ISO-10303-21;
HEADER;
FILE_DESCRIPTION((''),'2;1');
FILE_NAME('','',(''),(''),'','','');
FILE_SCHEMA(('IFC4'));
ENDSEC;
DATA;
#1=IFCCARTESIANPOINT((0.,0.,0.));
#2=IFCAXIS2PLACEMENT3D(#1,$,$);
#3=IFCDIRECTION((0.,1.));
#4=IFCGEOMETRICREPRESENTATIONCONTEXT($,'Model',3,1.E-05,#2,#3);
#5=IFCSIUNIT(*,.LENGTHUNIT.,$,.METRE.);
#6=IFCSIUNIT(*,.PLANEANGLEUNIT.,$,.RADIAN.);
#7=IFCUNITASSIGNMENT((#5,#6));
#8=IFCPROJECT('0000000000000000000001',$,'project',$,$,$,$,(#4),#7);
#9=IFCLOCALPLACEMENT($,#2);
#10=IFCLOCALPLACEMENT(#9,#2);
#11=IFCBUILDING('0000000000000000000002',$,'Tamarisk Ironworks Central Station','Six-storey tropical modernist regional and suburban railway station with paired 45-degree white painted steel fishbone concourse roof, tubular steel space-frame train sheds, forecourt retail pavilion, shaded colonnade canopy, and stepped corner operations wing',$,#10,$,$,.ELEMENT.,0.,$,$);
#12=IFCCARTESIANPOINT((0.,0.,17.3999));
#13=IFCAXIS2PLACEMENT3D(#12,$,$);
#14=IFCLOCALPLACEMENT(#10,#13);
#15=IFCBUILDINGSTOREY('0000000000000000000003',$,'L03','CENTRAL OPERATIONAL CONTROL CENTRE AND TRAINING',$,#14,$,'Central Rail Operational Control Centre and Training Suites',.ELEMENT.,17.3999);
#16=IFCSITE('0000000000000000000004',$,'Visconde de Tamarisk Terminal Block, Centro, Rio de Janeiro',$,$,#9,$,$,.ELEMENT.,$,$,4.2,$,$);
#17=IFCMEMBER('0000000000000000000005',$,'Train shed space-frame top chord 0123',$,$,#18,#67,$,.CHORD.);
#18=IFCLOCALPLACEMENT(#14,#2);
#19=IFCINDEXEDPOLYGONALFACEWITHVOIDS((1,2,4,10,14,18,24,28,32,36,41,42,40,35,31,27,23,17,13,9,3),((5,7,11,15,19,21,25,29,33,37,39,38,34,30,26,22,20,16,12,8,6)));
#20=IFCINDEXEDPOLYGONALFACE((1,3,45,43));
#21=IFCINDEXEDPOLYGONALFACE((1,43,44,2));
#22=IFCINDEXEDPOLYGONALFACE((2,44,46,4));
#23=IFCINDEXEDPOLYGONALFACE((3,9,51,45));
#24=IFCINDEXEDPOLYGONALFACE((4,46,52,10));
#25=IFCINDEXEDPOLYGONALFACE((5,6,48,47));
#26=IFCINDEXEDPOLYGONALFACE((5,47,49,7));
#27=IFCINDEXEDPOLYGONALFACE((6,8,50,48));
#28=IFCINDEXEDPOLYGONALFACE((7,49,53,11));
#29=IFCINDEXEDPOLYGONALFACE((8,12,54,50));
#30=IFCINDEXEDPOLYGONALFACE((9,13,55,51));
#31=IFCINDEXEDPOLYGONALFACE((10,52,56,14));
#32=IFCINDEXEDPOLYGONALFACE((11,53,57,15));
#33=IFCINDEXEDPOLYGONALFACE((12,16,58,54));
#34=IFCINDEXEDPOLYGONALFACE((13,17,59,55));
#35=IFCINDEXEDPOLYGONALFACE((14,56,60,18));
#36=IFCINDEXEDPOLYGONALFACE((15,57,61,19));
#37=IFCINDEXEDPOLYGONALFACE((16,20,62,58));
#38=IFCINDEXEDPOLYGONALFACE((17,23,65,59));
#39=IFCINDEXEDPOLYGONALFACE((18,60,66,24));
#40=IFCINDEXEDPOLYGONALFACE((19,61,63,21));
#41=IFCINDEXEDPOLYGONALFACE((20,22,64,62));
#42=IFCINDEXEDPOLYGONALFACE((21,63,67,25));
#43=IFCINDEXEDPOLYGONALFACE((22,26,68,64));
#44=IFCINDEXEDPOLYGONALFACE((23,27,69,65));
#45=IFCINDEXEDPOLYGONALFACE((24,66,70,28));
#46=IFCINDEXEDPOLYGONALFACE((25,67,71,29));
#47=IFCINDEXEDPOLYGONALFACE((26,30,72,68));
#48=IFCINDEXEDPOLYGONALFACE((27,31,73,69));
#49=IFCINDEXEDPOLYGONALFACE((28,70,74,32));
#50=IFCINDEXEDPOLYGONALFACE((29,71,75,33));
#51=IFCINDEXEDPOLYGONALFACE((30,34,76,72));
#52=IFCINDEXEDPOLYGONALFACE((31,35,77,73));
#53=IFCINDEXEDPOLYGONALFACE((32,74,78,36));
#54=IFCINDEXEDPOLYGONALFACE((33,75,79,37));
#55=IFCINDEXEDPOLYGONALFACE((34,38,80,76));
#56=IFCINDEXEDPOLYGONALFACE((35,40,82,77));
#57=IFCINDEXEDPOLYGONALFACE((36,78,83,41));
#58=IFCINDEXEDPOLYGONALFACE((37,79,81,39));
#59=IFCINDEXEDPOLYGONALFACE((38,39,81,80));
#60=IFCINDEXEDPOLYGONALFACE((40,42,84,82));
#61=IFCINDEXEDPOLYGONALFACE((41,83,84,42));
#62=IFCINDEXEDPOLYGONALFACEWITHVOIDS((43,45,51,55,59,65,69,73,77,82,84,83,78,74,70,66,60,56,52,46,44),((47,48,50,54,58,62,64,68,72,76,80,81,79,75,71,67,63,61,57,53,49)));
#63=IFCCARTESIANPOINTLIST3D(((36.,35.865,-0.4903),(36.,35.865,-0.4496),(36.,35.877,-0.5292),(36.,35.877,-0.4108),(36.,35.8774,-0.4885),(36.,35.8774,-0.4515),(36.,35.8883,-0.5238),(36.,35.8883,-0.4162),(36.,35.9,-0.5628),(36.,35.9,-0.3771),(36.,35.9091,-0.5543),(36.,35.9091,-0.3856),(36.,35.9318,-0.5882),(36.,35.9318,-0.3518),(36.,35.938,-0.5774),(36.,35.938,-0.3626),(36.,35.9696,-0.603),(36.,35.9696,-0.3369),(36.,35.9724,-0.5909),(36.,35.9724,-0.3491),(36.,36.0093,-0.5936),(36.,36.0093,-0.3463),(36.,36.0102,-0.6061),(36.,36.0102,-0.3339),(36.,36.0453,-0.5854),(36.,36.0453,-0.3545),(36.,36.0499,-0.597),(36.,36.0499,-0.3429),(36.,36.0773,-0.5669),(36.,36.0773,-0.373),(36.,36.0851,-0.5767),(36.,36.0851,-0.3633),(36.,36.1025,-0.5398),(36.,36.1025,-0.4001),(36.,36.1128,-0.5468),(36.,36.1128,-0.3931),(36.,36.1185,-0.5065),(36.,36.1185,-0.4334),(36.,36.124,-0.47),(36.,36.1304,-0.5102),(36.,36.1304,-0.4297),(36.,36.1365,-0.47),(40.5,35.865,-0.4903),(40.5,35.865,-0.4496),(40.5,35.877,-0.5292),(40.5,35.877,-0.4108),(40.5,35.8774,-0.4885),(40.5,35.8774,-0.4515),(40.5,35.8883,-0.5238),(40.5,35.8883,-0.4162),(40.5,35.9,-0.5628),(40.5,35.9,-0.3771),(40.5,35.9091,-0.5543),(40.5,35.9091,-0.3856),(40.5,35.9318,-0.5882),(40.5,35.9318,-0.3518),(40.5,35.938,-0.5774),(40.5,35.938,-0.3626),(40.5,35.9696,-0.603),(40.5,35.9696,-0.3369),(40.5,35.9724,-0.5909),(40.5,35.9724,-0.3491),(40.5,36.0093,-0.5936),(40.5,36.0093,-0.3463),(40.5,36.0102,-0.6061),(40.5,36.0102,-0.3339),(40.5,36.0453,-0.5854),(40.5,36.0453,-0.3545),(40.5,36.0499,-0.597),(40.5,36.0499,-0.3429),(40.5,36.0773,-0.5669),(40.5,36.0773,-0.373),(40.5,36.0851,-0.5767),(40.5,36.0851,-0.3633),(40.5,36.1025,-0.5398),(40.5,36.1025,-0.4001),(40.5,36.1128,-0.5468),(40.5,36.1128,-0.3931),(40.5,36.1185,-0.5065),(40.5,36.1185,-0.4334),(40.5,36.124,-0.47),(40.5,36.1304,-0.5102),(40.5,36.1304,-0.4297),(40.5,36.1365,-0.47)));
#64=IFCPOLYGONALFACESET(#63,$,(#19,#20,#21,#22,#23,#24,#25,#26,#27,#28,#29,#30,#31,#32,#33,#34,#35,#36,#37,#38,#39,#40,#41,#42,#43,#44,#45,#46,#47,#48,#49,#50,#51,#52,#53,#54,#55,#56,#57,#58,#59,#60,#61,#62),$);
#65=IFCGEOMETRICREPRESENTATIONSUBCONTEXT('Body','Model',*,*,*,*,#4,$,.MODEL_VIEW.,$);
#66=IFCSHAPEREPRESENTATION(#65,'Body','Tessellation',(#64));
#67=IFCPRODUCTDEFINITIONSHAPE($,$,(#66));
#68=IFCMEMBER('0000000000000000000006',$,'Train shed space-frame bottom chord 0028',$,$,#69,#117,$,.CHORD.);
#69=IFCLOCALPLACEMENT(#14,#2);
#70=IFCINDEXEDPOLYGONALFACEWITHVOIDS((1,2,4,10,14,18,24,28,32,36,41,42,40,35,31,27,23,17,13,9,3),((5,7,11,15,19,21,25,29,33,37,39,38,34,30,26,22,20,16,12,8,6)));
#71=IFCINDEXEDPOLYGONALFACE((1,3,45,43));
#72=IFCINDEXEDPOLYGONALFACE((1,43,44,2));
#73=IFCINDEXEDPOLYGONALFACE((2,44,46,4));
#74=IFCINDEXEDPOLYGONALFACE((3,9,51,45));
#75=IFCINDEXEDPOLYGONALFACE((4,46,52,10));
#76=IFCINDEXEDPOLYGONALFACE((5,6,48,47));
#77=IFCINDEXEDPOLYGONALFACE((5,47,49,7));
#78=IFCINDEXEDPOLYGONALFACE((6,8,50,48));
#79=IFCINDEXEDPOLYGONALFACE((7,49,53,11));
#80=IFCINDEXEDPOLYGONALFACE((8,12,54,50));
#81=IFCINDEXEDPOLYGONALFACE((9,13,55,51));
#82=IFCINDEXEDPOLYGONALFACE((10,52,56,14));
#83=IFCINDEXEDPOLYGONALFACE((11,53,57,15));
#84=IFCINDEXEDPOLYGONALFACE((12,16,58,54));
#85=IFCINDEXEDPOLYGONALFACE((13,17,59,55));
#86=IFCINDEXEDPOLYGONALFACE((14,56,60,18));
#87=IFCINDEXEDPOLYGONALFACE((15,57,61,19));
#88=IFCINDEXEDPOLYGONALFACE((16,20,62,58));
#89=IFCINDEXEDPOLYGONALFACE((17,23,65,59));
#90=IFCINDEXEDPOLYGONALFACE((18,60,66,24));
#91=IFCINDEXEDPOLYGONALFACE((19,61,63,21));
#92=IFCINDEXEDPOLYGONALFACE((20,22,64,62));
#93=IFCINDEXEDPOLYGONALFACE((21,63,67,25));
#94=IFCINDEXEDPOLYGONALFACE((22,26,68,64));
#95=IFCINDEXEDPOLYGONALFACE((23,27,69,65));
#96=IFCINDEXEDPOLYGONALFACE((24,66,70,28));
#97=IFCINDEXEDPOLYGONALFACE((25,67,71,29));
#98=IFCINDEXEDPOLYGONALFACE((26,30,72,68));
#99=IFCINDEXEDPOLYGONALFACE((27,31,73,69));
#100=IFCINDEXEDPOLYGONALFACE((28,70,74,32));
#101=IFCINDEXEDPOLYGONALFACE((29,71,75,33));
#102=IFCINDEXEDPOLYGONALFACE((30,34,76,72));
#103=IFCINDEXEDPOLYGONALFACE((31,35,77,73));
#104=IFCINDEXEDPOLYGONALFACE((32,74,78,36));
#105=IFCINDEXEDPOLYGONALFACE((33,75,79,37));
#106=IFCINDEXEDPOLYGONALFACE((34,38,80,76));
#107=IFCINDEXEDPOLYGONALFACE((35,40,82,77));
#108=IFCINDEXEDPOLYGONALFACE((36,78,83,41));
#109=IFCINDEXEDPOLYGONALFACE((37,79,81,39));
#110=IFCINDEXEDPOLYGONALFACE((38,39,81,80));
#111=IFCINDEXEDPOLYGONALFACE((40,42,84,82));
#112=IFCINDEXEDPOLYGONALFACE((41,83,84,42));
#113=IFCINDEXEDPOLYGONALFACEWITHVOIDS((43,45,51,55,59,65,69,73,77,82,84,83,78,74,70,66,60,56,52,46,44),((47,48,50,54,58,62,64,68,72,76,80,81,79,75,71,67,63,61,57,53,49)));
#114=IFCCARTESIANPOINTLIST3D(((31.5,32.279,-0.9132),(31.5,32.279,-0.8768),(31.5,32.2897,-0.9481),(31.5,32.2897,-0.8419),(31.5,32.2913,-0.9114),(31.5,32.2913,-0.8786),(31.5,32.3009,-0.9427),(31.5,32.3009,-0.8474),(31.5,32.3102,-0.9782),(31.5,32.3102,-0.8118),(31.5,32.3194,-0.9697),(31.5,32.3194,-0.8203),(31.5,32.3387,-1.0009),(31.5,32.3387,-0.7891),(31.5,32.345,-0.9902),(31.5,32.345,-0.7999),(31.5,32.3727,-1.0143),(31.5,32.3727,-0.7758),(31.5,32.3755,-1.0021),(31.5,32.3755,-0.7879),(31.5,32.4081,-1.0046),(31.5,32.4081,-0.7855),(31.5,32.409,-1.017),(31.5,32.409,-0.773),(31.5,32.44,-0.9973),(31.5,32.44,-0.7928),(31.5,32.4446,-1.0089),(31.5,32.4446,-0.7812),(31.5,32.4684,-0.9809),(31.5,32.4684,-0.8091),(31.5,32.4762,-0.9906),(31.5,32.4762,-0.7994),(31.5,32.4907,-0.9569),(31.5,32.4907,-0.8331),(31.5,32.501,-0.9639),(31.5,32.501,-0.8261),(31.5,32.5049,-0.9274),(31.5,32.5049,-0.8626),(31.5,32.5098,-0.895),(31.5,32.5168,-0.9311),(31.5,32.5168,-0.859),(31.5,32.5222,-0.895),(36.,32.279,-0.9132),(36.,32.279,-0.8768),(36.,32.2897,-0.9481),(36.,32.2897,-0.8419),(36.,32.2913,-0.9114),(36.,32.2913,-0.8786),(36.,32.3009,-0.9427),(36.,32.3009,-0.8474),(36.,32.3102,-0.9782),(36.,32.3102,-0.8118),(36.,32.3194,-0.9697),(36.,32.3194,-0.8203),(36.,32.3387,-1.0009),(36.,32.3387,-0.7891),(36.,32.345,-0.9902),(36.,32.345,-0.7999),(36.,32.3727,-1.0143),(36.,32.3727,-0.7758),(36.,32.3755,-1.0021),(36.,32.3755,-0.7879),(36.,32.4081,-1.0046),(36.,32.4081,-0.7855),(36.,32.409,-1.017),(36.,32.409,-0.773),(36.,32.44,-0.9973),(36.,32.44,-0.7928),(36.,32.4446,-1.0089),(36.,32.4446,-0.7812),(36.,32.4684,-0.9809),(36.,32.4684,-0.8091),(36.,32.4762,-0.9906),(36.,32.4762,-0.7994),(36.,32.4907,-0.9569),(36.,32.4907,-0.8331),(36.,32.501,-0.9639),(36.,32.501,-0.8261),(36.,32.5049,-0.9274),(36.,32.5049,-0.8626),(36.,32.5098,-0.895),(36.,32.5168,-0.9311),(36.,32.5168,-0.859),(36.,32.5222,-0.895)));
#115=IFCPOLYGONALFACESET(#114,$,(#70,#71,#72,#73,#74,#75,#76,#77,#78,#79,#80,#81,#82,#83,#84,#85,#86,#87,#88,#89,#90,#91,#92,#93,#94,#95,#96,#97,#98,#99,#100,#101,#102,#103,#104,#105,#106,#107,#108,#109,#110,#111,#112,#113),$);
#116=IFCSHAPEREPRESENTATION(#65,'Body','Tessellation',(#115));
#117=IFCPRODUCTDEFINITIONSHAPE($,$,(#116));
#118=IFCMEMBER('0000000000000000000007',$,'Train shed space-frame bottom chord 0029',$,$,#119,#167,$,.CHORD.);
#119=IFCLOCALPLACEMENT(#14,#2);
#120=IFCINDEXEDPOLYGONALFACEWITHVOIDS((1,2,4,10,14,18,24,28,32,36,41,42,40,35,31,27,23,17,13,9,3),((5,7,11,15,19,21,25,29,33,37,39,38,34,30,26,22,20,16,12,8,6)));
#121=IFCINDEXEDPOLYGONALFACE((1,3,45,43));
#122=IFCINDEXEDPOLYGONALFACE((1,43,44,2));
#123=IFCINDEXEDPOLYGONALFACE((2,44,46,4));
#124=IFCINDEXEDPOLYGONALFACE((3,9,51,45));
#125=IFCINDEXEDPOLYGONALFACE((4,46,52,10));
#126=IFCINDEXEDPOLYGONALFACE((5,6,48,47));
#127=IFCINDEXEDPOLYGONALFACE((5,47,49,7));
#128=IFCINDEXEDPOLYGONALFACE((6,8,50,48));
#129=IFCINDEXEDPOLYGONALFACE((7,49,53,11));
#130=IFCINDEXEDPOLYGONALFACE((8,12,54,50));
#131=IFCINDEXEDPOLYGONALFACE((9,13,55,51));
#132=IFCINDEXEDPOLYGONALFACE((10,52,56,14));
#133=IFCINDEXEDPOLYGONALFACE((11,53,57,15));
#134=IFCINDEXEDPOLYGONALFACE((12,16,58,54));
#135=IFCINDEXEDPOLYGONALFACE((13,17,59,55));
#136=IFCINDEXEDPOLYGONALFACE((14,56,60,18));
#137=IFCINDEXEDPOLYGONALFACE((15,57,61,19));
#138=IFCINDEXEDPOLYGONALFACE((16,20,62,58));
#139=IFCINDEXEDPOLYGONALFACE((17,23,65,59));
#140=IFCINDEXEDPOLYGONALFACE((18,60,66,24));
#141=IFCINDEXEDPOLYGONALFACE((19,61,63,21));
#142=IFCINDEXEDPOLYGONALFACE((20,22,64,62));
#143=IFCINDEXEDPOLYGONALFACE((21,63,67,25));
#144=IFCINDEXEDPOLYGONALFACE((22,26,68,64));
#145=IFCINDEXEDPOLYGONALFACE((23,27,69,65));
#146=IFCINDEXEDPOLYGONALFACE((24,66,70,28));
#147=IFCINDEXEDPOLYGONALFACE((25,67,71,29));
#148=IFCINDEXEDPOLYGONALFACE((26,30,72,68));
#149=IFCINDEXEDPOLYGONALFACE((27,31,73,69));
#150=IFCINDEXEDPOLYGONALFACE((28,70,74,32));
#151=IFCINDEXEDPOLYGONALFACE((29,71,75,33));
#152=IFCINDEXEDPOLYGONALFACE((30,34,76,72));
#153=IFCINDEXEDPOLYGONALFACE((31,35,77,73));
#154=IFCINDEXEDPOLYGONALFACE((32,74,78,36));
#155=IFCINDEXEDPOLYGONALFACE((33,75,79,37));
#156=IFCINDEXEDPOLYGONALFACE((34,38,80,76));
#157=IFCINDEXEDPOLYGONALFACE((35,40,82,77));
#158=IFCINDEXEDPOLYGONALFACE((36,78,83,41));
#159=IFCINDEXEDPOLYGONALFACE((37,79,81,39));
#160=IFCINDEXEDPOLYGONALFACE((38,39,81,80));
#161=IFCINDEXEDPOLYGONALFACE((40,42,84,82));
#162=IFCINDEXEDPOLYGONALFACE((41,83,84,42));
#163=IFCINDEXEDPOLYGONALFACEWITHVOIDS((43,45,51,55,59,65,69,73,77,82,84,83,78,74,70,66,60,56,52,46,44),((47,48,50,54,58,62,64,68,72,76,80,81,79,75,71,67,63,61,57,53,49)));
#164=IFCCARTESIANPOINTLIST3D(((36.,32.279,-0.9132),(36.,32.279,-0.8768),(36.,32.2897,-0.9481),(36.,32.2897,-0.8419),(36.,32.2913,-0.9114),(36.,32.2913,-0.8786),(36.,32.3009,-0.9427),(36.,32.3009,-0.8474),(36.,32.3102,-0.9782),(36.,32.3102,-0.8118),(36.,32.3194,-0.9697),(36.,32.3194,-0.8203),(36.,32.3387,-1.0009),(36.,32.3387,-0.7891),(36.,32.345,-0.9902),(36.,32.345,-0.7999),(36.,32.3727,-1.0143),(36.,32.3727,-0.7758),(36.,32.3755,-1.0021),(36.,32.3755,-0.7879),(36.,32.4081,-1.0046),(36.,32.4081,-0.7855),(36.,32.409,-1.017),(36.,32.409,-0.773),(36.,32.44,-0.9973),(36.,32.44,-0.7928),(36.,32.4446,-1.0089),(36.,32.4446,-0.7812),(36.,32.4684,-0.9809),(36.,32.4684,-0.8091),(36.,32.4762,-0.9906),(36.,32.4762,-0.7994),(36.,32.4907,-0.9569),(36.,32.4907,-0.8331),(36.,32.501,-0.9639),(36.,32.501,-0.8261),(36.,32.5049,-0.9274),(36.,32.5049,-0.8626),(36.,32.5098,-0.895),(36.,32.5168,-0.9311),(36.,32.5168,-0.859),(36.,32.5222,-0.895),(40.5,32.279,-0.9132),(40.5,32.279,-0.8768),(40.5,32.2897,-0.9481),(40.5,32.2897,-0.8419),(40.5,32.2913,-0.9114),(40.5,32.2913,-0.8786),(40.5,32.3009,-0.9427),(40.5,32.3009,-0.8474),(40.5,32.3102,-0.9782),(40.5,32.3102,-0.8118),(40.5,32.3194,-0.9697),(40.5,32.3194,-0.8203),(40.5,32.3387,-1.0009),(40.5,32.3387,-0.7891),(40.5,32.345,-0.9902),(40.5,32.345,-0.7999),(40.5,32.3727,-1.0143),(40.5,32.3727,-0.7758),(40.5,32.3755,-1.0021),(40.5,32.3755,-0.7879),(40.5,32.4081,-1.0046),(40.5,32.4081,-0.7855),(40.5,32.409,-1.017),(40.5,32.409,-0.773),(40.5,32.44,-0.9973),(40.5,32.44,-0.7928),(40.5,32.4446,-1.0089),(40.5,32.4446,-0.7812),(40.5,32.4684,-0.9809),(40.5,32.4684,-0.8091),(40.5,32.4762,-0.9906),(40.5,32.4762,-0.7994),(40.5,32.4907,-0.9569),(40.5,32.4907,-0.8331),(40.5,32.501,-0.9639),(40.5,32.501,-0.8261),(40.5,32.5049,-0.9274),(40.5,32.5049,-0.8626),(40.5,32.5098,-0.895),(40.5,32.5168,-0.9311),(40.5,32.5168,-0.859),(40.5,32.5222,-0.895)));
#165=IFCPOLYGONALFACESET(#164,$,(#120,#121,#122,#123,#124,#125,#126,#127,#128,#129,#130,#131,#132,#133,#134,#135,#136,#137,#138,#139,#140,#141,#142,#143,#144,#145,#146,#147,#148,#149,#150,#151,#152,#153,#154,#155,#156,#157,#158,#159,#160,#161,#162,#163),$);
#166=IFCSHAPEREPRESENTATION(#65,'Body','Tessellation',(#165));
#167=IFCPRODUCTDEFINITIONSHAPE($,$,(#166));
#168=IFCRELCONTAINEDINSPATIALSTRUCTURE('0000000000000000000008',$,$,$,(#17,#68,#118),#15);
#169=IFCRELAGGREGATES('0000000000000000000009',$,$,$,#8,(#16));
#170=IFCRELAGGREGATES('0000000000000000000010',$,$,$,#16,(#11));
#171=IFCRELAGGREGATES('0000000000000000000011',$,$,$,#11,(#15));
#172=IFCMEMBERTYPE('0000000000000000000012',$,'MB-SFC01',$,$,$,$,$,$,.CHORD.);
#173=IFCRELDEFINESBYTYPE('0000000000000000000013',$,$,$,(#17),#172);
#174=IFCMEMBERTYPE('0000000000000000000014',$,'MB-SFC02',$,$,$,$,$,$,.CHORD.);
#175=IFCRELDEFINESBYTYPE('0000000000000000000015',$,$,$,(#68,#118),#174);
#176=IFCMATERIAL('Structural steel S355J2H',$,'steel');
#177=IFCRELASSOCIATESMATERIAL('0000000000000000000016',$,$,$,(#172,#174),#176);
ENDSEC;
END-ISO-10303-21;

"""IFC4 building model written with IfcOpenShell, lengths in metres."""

from ifc_helpers import new_model, si_unit, direction, frame, origin, origin_2d, place, context, subcontext, project, spatial, hollow_circle, extrude, material, material_profile, profile_set, type_object, element, save


model = new_model("IFC4")

# Units and contexts
model_context = context("Model", 3, precision=1e-05, world=origin(), true_north=direction((0.0, 1.0)))
body_context = subcontext(model_context, "Body", "Model", "MODEL_VIEW")
ifc_project = project(units=[si_unit("LENGTHUNIT", "METRE"), si_unit("PLANEANGLEUNIT", "RADIAN")], contexts=[model_context])

# Site, building, storey
site_placement = place(None, origin())
site = spatial("IfcSite", under=ifc_project, at=site_placement, Name="Visconde de Tamarisk Terminal Block, Centro, Rio de Janeiro", CompositionType="ELEMENT", RefElevation=4.2)
building_placement = place(site_placement, origin())
building = spatial("IfcBuilding", under=site, at=building_placement, Name="Tamarisk Ironworks Central Station", Description="Six-storey tropical modernist regional and suburban railway station with paired 45-degree white painted steel fishbone concourse roof, tubular steel space-frame train sheds, forecourt retail pavilion, shaded colonnade canopy, and stepped corner operations wing", CompositionType="ELEMENT", ElevationOfRefHeight=0.0)
storey_placement = place(building_placement, frame((0.0, 0.0, 17.3999)))
storey = spatial("IfcBuildingStorey", under=building, at=storey_placement, Name="L03", Description="CENTRAL OPERATIONAL CONTROL CENTRE AND TRAINING", LongName="Central Rail Operational Control Centre and Training Suites", CompositionType="ELEMENT", Elevation=17.3999)

# Members
ifc_material_1 = material(Name="Structural steel S355J2H", Category="steel")
ifc_material_profile_1 = material_profile(ifc_material_1, hollow_circle(Radius=0.1365, WallThickness=0.0125, at=origin_2d()), Name="CHS 273x12.5")
ifc_profile_set_1 = profile_set([ifc_material_profile_1], Name="Structural steel S355J2H")
member_type_1 = type_object("IfcMemberType", Name="MB-SFC01", PredefinedType="CHORD", material=ifc_profile_set_1)
for number, where, z_axis, x_axis, name in (
    (1, (36.0, 36.0, -0.47), (1.0, 0.0, 0.0), (0.0, 1.0, 0.0), "Train shed space-frame top chord 0123"),
):
    element("IfcMember", number, at=place(storey_placement, frame(where, z_axis=z_axis, x_axis=x_axis)), inside=storey, type_object=member_type_1, Name=name, PredefinedType="CHORD", context=body_context, shape_type="SweptSolid", body=[
        extrude(hollow_circle(Radius=0.1365, WallThickness=0.0125, at=origin_2d()), origin(), (0.0, 0.0, 1.0), 4.5),
    ])
ifc_material_profile_2 = material_profile(ifc_material_1, hollow_circle(Radius=0.1223, WallThickness=0.0125, at=origin_2d()), Name="CHS 244.5x12.5")
ifc_profile_set_2 = profile_set([ifc_material_profile_2], Name="Structural steel S355J2H")
member_type_2 = type_object("IfcMemberType", Name="MB-SFC02", PredefinedType="CHORD", material=ifc_profile_set_2)
for number, where, z_axis, x_axis, name in (
    (2, (31.5, 32.3999, -0.895), (1.0, 0.0, 0.0), (0.0, 1.0, 0.0), "Train shed space-frame bottom chord 0028"),
    (3, (36.0, 32.3999, -0.895), (1.0, 0.0, 0.0), (0.0, 1.0, 0.0), "Train shed space-frame bottom chord 0029"),
):
    element("IfcMember", number, at=place(storey_placement, frame(where, z_axis=z_axis, x_axis=x_axis)), inside=storey, type_object=member_type_2, Name=name, PredefinedType="CHORD", context=body_context, shape_type="SweptSolid", body=[
        extrude(hollow_circle(Radius=0.1223, WallThickness=0.0125, at=origin_2d()), origin(), (0.0, 0.0, 1.0), 4.5),
    ])

save(model, "model.ifc")
